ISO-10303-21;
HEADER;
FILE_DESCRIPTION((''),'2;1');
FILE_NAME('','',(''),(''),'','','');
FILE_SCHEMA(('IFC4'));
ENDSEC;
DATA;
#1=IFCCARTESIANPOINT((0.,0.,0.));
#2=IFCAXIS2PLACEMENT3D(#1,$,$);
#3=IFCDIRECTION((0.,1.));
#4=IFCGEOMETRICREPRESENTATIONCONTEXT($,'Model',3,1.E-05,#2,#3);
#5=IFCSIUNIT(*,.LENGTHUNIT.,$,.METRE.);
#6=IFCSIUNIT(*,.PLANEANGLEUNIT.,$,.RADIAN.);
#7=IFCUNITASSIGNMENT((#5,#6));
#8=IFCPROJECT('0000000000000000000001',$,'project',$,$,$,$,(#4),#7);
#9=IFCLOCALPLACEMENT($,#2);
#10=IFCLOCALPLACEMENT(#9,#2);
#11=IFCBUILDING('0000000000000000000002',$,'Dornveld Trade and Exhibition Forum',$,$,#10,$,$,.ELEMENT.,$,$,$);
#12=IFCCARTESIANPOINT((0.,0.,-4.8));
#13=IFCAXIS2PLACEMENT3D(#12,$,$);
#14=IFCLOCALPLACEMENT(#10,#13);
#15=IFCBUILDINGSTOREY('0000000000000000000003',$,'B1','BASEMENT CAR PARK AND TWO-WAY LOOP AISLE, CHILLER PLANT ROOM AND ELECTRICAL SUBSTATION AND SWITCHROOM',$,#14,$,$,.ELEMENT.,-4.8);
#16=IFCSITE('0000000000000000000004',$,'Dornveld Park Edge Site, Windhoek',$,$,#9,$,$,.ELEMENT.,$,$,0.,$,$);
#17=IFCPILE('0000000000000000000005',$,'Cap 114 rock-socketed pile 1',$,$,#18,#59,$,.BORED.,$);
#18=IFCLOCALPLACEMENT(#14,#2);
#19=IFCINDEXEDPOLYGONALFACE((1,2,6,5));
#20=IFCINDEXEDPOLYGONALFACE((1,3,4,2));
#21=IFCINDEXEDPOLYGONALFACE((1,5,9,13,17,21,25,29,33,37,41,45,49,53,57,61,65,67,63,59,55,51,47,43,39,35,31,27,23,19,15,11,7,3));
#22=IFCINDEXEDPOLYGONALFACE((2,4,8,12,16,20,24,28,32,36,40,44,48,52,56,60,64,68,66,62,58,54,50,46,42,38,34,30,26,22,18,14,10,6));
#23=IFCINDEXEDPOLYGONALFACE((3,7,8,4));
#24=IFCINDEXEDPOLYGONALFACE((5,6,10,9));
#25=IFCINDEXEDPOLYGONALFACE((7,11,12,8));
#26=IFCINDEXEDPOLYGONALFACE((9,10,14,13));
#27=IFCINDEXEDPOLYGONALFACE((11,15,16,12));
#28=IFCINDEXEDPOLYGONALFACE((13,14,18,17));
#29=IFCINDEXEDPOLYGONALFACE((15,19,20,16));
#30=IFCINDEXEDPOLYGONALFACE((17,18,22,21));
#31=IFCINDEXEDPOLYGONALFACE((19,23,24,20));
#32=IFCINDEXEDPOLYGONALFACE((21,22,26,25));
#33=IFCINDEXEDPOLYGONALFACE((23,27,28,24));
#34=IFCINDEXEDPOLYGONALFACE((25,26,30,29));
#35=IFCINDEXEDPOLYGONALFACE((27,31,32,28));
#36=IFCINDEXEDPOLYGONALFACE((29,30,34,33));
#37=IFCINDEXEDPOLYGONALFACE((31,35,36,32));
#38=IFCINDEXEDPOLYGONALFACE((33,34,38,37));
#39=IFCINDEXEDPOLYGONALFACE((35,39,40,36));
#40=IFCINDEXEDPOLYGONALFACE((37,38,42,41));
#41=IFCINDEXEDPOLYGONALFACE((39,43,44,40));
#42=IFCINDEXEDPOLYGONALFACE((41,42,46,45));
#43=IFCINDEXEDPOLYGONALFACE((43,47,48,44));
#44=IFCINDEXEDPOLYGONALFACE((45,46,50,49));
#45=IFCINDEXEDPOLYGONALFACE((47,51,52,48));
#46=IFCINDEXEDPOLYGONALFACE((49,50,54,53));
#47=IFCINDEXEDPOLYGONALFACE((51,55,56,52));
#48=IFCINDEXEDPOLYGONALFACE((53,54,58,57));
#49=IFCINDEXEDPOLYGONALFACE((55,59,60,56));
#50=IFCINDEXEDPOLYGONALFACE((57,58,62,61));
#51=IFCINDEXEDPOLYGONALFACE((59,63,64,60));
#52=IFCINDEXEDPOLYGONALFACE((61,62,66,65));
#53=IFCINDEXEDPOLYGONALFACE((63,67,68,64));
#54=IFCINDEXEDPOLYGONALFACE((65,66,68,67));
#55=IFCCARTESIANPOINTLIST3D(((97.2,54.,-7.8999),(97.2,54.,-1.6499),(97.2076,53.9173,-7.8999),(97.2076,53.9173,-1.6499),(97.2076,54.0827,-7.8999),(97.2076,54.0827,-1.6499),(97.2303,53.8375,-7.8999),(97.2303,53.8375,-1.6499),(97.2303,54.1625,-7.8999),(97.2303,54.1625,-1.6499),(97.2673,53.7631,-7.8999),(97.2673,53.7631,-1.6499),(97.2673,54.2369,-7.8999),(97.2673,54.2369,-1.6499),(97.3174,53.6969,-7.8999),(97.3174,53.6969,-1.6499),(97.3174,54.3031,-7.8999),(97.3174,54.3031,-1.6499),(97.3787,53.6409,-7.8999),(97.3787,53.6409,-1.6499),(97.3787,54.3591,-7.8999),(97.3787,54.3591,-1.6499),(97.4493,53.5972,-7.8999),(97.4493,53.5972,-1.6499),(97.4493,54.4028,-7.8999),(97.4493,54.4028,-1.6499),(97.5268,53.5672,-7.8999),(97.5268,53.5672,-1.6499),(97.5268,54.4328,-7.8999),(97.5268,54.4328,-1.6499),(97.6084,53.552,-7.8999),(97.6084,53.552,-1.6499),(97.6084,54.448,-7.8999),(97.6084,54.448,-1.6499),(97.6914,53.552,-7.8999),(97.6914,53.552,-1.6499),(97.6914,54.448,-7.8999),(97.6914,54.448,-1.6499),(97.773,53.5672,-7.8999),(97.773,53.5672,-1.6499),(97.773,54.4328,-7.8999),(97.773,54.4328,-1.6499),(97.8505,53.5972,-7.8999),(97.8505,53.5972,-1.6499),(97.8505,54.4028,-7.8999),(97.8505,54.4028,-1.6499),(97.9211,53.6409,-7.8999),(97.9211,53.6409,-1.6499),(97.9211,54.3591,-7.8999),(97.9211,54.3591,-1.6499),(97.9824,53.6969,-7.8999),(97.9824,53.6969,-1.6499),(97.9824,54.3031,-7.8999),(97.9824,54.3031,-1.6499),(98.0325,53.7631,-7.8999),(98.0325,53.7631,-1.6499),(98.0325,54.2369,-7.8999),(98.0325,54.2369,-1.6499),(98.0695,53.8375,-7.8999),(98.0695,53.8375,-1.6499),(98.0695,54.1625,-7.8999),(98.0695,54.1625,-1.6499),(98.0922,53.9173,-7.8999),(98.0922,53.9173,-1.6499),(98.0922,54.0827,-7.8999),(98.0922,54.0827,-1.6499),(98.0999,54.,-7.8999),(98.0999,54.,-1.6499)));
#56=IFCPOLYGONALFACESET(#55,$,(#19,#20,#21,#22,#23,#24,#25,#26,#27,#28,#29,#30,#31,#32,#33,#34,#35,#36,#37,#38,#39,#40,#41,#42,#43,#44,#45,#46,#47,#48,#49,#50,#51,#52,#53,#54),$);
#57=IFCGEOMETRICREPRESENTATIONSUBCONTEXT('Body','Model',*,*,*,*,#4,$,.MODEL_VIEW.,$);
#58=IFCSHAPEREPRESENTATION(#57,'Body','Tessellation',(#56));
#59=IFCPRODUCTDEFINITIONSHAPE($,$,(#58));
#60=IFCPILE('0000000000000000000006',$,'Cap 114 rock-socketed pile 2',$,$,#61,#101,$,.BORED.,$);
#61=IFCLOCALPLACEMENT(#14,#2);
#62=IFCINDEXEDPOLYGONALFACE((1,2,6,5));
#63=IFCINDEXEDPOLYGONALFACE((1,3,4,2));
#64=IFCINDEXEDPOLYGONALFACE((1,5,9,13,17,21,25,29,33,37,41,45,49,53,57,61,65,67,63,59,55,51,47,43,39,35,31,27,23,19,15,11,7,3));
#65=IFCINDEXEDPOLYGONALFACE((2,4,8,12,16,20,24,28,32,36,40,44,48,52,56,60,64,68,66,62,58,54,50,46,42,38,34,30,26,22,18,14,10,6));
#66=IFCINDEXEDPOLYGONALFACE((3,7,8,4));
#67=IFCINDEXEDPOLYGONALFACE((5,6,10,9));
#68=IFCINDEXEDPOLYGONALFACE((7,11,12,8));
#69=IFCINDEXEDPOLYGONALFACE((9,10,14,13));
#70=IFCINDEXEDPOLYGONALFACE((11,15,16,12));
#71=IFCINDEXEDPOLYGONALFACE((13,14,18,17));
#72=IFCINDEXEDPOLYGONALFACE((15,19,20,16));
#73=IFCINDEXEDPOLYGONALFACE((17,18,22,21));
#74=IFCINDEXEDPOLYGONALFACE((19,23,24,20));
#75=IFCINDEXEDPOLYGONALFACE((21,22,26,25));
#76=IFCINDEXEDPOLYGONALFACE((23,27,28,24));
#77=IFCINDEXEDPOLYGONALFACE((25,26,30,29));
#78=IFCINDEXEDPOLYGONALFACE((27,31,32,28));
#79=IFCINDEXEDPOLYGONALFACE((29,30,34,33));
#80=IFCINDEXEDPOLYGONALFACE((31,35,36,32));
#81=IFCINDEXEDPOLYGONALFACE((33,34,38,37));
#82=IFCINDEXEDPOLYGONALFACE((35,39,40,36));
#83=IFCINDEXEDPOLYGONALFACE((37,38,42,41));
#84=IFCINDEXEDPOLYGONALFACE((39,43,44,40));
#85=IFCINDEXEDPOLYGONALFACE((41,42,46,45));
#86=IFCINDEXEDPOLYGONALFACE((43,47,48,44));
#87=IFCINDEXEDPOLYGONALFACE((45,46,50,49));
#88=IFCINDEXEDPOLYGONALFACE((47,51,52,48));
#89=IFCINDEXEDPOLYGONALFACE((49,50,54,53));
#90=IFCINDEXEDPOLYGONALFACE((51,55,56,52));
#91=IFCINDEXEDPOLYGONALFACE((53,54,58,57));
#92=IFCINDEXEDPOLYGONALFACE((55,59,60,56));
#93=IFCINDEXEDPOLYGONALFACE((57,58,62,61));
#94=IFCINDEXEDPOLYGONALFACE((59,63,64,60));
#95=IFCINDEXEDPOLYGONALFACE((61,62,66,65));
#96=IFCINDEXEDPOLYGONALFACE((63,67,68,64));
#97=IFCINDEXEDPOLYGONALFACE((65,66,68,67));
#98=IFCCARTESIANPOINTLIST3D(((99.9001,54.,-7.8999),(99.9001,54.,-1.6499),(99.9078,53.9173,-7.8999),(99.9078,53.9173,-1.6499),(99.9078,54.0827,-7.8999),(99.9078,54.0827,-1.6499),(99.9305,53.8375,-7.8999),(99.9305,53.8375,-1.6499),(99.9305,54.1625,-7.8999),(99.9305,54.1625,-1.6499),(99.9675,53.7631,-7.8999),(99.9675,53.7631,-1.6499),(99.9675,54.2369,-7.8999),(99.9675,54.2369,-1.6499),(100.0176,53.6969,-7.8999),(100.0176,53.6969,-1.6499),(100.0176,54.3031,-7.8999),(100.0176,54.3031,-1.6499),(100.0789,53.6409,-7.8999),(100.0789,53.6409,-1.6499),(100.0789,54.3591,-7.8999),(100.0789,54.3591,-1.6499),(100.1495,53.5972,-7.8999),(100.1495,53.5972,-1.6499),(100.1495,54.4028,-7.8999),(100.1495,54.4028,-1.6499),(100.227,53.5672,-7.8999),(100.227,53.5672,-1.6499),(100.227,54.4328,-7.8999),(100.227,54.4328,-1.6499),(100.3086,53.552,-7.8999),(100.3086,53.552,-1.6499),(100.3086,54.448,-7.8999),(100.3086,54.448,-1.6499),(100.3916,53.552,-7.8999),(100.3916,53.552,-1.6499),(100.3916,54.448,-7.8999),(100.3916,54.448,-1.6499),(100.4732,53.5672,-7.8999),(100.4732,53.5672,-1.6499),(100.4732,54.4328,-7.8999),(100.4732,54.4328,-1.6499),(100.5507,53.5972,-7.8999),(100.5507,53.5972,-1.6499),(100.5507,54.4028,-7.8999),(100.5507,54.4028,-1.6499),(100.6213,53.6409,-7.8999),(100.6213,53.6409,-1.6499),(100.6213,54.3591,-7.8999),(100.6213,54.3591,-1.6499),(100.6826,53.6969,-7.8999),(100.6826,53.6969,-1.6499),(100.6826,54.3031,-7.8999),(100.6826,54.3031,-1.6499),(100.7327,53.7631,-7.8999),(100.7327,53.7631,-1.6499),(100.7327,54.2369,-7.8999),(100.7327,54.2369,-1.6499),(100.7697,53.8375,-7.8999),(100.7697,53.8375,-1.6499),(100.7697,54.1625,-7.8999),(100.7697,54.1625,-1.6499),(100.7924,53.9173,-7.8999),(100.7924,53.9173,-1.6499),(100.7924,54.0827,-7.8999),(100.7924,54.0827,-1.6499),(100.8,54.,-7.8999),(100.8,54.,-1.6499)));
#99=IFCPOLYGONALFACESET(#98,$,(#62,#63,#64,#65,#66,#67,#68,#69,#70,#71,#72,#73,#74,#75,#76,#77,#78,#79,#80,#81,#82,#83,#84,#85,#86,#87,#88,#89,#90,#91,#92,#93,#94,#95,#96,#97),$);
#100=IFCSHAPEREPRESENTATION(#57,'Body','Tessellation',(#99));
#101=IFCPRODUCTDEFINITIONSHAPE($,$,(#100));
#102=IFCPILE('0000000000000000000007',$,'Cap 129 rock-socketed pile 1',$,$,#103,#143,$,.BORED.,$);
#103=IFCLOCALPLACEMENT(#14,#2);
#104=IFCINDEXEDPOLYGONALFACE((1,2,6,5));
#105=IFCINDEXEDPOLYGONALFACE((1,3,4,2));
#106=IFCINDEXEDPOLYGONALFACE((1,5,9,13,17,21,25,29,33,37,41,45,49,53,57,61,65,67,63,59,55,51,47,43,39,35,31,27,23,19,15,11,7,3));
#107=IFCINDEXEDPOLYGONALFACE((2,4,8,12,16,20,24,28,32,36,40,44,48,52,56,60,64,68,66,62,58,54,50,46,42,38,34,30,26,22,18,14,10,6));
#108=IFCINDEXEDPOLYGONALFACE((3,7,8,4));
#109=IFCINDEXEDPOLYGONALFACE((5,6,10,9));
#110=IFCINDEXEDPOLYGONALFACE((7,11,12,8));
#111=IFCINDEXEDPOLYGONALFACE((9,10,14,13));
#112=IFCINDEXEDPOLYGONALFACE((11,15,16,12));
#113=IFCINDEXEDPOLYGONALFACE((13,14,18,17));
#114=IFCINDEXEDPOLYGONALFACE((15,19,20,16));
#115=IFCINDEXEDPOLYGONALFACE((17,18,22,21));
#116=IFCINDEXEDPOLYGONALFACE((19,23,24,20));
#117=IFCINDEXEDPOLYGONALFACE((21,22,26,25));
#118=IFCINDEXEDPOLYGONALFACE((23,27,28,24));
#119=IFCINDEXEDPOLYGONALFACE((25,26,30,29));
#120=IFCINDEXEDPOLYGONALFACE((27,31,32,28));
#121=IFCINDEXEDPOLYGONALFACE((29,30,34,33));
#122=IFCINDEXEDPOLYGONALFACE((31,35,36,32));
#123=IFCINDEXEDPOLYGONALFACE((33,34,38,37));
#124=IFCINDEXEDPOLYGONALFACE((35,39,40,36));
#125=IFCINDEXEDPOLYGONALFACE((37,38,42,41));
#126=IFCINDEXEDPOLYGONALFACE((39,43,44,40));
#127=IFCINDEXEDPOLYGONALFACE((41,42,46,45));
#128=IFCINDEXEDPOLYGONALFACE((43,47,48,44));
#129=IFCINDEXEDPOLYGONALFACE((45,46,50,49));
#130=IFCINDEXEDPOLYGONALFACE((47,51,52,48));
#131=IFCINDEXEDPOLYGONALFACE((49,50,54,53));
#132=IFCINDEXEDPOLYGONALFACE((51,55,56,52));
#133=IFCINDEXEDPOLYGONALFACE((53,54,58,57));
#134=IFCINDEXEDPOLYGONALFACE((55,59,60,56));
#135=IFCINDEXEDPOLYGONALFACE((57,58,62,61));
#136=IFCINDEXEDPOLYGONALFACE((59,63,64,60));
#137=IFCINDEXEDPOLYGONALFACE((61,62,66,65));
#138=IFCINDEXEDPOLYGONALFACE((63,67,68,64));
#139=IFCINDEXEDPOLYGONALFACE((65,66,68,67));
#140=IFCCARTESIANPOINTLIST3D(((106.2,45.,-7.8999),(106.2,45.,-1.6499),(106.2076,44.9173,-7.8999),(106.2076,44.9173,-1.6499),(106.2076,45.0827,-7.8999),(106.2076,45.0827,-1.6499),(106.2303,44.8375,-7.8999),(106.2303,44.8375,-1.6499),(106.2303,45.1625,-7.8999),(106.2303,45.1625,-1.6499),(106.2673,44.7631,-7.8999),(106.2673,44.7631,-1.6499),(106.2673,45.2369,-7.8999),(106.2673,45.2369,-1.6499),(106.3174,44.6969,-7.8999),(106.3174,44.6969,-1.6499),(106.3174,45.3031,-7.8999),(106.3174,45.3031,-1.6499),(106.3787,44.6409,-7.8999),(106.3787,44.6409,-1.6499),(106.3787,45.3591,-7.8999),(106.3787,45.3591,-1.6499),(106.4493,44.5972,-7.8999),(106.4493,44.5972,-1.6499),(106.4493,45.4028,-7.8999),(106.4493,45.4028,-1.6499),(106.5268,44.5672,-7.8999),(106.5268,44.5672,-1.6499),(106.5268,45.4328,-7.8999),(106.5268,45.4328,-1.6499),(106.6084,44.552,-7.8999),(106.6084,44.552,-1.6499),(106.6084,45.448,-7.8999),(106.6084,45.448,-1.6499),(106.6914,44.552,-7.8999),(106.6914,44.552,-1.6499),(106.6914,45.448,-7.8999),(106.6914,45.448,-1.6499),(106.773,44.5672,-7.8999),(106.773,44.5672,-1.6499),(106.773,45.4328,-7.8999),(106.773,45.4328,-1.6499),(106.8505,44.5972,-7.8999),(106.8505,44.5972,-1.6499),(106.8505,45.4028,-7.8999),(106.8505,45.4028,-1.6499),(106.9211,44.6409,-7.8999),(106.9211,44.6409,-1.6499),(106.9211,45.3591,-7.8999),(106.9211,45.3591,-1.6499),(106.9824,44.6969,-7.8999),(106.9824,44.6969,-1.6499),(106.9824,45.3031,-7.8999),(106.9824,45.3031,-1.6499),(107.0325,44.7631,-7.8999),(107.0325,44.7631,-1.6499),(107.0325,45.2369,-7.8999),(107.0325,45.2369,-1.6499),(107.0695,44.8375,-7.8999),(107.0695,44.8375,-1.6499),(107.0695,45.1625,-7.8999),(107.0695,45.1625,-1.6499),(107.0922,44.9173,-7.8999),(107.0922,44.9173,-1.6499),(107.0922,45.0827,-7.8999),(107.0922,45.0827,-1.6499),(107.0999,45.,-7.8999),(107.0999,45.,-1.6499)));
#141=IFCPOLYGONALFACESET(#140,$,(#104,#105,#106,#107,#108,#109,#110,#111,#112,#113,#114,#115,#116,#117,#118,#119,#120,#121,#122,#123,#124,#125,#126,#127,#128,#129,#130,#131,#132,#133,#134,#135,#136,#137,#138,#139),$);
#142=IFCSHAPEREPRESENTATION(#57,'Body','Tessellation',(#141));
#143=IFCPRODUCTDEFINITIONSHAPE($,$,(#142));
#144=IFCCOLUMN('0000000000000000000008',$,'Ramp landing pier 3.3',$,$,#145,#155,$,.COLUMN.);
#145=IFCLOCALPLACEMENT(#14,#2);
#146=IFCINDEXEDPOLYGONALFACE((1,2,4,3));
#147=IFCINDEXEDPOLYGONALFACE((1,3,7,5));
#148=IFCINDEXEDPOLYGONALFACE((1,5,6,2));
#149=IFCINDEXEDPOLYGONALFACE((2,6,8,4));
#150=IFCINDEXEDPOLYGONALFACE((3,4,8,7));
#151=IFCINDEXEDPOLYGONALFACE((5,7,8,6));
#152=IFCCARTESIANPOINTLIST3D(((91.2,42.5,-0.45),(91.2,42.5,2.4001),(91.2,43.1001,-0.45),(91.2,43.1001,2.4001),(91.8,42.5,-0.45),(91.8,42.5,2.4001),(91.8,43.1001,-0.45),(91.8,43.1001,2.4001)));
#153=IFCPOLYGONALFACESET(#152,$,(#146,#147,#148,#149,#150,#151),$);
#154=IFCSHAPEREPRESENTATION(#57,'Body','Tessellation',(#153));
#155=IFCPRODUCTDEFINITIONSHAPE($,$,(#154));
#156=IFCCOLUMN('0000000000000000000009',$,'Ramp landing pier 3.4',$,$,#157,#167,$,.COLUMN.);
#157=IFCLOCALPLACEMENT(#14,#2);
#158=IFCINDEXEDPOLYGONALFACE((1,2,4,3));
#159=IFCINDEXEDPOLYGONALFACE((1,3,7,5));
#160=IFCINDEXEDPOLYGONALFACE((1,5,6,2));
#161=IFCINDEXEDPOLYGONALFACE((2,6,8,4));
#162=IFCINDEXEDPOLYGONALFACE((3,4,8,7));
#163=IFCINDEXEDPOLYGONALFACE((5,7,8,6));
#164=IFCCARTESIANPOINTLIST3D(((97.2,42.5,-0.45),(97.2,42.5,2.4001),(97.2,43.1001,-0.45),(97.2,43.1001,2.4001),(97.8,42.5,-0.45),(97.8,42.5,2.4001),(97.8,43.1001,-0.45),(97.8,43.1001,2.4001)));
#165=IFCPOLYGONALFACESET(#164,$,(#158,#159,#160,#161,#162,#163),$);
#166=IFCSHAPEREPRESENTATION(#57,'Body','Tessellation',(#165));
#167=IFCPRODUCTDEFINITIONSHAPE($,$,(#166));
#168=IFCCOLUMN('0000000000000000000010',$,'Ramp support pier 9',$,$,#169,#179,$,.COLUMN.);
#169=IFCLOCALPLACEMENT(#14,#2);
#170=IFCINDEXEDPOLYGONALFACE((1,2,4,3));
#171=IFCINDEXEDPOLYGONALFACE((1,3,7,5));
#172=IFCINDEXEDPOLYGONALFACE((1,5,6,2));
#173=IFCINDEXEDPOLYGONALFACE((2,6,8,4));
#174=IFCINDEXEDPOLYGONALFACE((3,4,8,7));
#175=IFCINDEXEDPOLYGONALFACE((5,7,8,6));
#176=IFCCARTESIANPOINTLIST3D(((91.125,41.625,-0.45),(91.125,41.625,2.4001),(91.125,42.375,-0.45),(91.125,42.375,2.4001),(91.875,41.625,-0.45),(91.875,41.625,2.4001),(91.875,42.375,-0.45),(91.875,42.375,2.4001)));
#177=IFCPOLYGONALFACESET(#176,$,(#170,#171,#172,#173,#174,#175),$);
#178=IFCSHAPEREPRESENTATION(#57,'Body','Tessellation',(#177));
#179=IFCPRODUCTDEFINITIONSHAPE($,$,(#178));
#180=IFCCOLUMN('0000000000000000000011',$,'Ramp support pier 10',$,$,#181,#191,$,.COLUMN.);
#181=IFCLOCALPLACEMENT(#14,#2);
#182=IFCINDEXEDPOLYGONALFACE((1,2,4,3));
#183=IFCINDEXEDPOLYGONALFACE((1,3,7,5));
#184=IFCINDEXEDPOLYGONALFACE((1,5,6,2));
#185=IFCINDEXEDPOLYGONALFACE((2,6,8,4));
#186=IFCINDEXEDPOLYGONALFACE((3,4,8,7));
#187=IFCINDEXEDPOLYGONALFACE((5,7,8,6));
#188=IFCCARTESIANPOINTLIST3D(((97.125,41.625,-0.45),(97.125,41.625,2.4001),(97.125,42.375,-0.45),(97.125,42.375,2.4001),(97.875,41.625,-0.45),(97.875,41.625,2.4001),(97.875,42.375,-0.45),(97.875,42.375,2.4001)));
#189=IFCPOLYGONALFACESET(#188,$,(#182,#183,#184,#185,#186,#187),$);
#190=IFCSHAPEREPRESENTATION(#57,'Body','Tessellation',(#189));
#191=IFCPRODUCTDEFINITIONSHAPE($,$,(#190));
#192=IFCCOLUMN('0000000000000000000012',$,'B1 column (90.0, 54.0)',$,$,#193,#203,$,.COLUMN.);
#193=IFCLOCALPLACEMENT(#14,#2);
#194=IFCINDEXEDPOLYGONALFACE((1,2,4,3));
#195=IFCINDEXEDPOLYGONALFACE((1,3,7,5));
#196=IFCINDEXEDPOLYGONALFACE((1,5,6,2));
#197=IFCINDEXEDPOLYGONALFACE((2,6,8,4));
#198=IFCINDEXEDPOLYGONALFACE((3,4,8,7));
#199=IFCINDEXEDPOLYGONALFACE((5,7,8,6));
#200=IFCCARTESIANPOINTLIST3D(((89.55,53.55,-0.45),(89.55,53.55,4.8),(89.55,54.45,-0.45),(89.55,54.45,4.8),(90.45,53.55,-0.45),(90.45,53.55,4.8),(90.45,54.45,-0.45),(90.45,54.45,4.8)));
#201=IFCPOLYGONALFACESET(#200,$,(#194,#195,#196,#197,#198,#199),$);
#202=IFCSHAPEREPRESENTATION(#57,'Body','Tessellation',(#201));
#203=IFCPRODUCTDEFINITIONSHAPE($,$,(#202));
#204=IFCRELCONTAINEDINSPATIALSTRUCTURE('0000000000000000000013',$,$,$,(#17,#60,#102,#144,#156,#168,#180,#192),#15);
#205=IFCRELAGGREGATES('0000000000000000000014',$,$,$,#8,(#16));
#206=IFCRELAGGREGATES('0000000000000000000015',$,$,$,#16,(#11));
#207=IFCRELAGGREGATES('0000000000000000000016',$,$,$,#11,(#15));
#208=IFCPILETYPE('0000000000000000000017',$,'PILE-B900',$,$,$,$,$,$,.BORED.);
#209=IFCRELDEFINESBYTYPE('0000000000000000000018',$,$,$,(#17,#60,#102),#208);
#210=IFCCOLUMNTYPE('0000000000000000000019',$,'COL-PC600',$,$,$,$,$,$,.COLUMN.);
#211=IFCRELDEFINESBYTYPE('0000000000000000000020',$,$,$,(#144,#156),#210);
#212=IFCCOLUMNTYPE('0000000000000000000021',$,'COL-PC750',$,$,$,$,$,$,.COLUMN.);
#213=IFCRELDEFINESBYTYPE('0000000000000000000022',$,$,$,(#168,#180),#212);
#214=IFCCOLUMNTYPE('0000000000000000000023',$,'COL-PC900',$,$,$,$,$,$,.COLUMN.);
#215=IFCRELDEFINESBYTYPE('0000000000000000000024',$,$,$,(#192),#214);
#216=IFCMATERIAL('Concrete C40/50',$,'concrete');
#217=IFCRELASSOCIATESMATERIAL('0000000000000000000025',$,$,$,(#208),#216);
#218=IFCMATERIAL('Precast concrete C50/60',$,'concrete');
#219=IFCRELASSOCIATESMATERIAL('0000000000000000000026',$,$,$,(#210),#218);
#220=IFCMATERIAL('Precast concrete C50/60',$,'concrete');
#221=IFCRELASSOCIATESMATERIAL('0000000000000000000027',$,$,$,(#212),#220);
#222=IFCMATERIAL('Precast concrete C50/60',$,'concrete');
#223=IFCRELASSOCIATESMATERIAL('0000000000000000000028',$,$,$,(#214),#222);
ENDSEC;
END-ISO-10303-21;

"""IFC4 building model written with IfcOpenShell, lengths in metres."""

from ifc_helpers import new_model, si_unit, direction, frame, origin, origin_2d, place, context, subcontext, project, spatial, rectangle, circle, extrude, material, material_profile, profile_set, type_object, element, save


model = new_model("IFC4")

# Units and contexts
model_context = context("Model", 3, precision=1e-05, world=origin(), true_north=direction((0.0, 1.0)))
body_context = subcontext(model_context, "Body", "Model", "MODEL_VIEW")
ifc_project = project(units=[si_unit("LENGTHUNIT", "METRE"), si_unit("PLANEANGLEUNIT", "RADIAN")], contexts=[model_context])

# Site, building, storey
site_placement = place(None, origin())
site = spatial("IfcSite", under=ifc_project, at=site_placement, Name="Dornveld Park Edge Site, Windhoek", CompositionType="ELEMENT", RefElevation=0.0)
building_placement = place(site_placement, origin())
building = spatial("IfcBuilding", under=site, at=building_placement, Name="Dornveld Trade and Exhibition Forum", CompositionType="ELEMENT")
storey_placement = place(building_placement, frame((0.0, 0.0, -4.8)))
storey = spatial("IfcBuildingStorey", under=building, at=storey_placement, Name="B1", Description="BASEMENT CAR PARK AND TWO-WAY LOOP AISLE, CHILLER PLANT ROOM AND ELECTRICAL SUBSTATION AND SWITCHROOM", CompositionType="ELEMENT", Elevation=-4.8)

# Piles
ifc_material_1 = material(Name="Concrete C40/50", Category="concrete")
ifc_material_profile_1 = material_profile(ifc_material_1, circle(Radius=0.45, at=origin_2d()), Name="PILE D900")
ifc_profile_set_1 = profile_set([ifc_material_profile_1], Name="Concrete C40/50")
pile_type_1 = type_object("IfcPileType", Name="PILE-B900", PredefinedType="BORED", material=ifc_profile_set_1)
for number, where, z_axis, x_axis, name in (
    (1, (97.6499, 54.0, -1.6499), (0.0, 0.0, -1.0), (1.0, 0.0, 0.0), "Cap 114 rock-socketed pile 1"),
    (2, (100.3501, 54.0, -1.6499), (0.0, 0.0, -1.0), (1.0, 0.0, 0.0), "Cap 114 rock-socketed pile 2"),
    (3, (106.6499, 45.0, -1.6499), (0.0, 0.0, -1.0), (1.0, 0.0, 0.0), "Cap 129 rock-socketed pile 1"),
):
    element("IfcPile", number, at=place(storey_placement, frame(where, z_axis=z_axis, x_axis=x_axis)), inside=storey, type_object=pile_type_1, Name=name, PredefinedType="BORED", context=body_context, shape_type="SweptSolid", body=[
        extrude(circle(Radius=0.45, at=origin_2d()), origin(), (0.0, 0.0, 1.0), 6.25),
    ])

# Columns
ifc_material_2 = material(Name="Precast concrete C50/60", Category="concrete")
ifc_material_profile_2 = material_profile(ifc_material_2, rectangle(XDim=0.6001, YDim=0.6001, at=origin_2d()), Name="PC-COL 600x600")
ifc_profile_set_2 = profile_set([ifc_material_profile_2], Name="Precast concrete C50/60")
column_type_1 = type_object("IfcColumnType", Name="COL-PC600", PredefinedType="COLUMN", material=ifc_profile_set_2)
for number, where, z_axis, x_axis, name in (
    (4, (91.5, 42.8, -0.45), (0.0, 0.0, 1.0), (1.0, 0.0, 0.0), "Ramp landing pier 3.3"),
    (5, (97.5, 42.8, -0.45), (0.0, 0.0, 1.0), (1.0, 0.0, 0.0), "Ramp landing pier 3.4"),
):
    element("IfcColumn", number, at=place(storey_placement, frame(where, z_axis=z_axis, x_axis=x_axis)), inside=storey, type_object=column_type_1, Name=name, PredefinedType="COLUMN", context=body_context, shape_type="SweptSolid", body=[
        extrude(rectangle(XDim=0.6001, YDim=0.6001, at=origin_2d()), origin(), (0.0, 0.0, 1.0), 2.8501),
    ])
ifc_material_3 = material(Name="Precast concrete C50/60", Category="concrete")
ifc_material_profile_3 = material_profile(ifc_material_3, rectangle(XDim=0.75, YDim=0.75, at=origin_2d()), Name="PC-COL 750x750")
ifc_profile_set_3 = profile_set([ifc_material_profile_3], Name="Precast concrete C50/60")
column_type_2 = type_object("IfcColumnType", Name="COL-PC750", PredefinedType="COLUMN", material=ifc_profile_set_3)
for number, where, z_axis, x_axis, name in (
    (6, (91.5, 42.0, -0.45), (0.0, 0.0, 1.0), (1.0, 0.0, 0.0), "Ramp support pier 9"),
    (7, (97.5, 42.0, -0.45), (0.0, 0.0, 1.0), (1.0, 0.0, 0.0), "Ramp support pier 10"),
):
    element("IfcColumn", number, at=place(storey_placement, frame(where, z_axis=z_axis, x_axis=x_axis)), inside=storey, type_object=column_type_2, Name=name, PredefinedType="COLUMN", context=body_context, shape_type="SweptSolid", body=[
        extrude(rectangle(XDim=0.75, YDim=0.75, at=origin_2d()), origin(), (0.0, 0.0, 1.0), 2.8501),
    ])
ifc_material_4 = material(Name="Precast concrete C50/60", Category="concrete")
ifc_material_profile_4 = material_profile(ifc_material_4, rectangle(XDim=0.8999, YDim=0.8999, at=origin_2d()), Name="PC-COL 900x900")
ifc_profile_set_4 = profile_set([ifc_material_profile_4], Name="Precast concrete C50/60")
column_type_3 = type_object("IfcColumnType", Name="COL-PC900", PredefinedType="COLUMN", material=ifc_profile_set_4)
for number, where, z_axis, x_axis, name in (
    (8, (90.0, 54.0, -0.45), (0.0, 0.0, 1.0), (1.0, 0.0, 0.0), "B1 column (90.0, 54.0)"),
):
    element("IfcColumn", number, at=place(storey_placement, frame(where, z_axis=z_axis, x_axis=x_axis)), inside=storey, type_object=column_type_3, Name=name, PredefinedType="COLUMN", context=body_context, shape_type="SweptSolid", body=[
        extrude(rectangle(XDim=0.8999, YDim=0.8999, at=origin_2d()), origin(), (0.0, 0.0, 1.0), 5.25),
    ])

save(model, "model.ifc")
